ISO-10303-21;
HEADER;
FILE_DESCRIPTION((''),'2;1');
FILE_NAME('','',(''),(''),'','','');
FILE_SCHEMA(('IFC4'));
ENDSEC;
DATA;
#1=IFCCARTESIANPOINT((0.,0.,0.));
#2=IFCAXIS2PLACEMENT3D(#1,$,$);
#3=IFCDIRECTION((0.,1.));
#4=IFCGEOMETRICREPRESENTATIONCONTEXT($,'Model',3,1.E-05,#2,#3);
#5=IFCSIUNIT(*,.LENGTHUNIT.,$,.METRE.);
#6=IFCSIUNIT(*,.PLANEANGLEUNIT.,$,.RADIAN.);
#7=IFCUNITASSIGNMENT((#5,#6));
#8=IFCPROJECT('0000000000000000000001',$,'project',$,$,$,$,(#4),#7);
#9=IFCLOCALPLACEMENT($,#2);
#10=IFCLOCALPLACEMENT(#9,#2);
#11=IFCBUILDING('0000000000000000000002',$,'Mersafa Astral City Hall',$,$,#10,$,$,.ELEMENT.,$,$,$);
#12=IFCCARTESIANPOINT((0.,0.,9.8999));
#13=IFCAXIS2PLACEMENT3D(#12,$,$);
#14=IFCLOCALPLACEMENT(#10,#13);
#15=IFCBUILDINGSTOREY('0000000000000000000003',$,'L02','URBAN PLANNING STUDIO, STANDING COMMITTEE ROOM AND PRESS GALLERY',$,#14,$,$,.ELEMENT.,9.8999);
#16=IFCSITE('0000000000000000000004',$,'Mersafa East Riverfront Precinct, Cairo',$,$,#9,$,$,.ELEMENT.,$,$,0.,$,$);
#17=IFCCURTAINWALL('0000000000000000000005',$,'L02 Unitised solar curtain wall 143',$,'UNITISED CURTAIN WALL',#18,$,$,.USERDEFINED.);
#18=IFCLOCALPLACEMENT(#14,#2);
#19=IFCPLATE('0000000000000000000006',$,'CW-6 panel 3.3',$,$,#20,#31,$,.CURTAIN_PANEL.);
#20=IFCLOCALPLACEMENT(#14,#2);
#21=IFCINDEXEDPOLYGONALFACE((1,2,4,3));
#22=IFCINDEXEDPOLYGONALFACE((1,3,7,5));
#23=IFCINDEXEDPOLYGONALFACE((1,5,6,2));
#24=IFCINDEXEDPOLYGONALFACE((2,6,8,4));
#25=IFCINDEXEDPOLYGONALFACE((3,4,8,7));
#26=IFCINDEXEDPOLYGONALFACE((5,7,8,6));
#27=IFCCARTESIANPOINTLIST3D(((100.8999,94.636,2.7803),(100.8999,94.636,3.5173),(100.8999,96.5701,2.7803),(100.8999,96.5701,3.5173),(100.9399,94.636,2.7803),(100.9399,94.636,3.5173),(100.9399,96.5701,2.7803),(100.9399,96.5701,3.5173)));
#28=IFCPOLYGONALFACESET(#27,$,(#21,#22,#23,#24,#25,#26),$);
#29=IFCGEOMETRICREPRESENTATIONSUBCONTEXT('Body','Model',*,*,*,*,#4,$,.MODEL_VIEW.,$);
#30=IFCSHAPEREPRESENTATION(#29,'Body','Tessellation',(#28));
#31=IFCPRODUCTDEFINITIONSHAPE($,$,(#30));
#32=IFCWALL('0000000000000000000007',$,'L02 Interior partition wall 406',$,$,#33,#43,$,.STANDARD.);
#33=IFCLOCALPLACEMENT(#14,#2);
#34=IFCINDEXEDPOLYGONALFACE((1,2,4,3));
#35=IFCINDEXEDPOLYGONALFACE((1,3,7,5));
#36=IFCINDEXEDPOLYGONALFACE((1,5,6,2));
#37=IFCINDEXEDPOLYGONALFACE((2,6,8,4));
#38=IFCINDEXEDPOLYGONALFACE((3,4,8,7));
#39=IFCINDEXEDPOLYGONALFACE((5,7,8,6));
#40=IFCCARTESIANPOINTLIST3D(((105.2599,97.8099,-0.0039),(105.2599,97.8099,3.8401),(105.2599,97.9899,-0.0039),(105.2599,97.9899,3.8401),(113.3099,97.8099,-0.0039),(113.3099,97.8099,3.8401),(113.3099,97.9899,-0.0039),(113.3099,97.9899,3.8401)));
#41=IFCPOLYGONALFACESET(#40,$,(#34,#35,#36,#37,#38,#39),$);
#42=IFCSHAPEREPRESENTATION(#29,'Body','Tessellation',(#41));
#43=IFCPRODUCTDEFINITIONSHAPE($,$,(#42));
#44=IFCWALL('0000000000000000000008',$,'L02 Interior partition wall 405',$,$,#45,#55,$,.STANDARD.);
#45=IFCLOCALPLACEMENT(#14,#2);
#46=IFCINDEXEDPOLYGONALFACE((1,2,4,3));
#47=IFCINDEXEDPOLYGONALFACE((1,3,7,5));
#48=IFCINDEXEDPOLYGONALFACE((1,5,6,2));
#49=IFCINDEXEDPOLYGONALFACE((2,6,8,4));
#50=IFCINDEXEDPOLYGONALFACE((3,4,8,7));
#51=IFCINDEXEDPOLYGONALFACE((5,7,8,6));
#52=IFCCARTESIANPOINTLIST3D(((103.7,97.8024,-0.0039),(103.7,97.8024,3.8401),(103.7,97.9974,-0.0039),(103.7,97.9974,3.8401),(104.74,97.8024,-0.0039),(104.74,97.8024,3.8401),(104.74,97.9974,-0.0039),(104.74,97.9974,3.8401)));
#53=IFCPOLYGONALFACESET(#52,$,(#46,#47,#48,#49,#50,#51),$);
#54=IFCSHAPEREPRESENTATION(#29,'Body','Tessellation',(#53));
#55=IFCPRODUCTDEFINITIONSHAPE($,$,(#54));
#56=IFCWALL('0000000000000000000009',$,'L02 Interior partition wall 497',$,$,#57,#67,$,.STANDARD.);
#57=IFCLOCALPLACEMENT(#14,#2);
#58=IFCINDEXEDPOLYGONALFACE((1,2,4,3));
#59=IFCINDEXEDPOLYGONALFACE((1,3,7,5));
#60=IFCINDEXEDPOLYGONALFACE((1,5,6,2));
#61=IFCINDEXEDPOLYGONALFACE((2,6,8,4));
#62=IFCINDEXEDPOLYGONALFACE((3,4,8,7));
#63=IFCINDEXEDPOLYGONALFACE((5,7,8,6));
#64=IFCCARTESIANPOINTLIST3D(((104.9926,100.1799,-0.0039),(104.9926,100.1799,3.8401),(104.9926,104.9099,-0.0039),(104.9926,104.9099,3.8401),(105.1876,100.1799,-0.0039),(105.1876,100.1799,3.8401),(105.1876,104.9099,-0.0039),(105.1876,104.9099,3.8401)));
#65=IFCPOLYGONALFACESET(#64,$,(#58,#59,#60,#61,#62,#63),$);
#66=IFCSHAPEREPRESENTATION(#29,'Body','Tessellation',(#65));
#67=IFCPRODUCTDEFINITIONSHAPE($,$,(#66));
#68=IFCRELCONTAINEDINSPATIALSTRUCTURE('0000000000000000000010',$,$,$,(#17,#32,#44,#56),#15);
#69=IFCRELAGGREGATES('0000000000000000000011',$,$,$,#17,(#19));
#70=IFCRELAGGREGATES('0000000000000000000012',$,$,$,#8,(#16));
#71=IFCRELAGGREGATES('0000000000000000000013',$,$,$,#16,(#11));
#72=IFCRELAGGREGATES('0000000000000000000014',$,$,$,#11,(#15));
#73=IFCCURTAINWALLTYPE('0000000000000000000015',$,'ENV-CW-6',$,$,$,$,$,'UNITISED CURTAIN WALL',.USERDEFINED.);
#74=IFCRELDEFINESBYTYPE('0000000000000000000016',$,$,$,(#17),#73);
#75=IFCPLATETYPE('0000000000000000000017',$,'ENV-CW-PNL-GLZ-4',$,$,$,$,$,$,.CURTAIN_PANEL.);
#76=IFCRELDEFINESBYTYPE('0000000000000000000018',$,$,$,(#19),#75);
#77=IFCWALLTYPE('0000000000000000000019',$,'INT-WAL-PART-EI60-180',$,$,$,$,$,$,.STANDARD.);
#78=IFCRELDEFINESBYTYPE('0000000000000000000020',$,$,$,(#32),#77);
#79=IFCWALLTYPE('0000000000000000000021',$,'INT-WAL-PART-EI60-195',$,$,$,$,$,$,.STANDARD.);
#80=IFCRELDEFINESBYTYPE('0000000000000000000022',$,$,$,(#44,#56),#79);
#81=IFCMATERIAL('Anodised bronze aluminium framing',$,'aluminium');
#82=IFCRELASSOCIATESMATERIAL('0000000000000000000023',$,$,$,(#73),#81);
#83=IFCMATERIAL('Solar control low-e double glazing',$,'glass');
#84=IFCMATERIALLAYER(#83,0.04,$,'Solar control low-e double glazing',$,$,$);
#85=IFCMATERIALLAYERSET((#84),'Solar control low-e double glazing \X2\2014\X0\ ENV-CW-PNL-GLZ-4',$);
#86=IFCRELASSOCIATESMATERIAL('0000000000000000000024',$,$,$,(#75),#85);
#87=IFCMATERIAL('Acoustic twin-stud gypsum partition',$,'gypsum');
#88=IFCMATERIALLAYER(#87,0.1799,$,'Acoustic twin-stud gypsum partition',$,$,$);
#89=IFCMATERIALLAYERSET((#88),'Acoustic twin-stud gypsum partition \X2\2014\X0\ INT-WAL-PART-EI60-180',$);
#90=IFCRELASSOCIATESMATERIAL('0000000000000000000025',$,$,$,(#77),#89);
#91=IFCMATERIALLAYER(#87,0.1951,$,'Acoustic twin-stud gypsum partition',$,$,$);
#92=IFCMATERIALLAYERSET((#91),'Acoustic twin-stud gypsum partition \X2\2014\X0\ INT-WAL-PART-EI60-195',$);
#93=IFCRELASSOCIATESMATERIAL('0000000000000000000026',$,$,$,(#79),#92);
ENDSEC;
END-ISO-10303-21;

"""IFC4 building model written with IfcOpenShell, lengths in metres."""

from ifc_helpers import new_model, si_unit, direction, frame, frame_2d, origin, origin_2d, place, context, subcontext, project, spatial, rectangle, extrude, material, layer, layer_set, type_object, element, aggregate, save


model = new_model("IFC4")

# Units and contexts
model_context = context("Model", 3, precision=1e-05, world=origin(), true_north=direction((0.0, 1.0)))
body_context = subcontext(model_context, "Body", "Model", "MODEL_VIEW")
ifc_project = project(units=[si_unit("LENGTHUNIT", "METRE"), si_unit("PLANEANGLEUNIT", "RADIAN")], contexts=[model_context])

# Site, building, storey
site_placement = place(None, origin())
site = spatial("IfcSite", under=ifc_project, at=site_placement, Name="Mersafa East Riverfront Precinct, Cairo", CompositionType="ELEMENT", RefElevation=0.0)
building_placement = place(site_placement, origin())
building = spatial("IfcBuilding", under=site, at=building_placement, Name="Mersafa Astral City Hall", CompositionType="ELEMENT")
storey_placement = place(building_placement, frame((0.0, 0.0, 9.8999)))
storey = spatial("IfcBuildingStorey", under=building, at=storey_placement, Name="L02", Description="URBAN PLANNING STUDIO, STANDING COMMITTEE ROOM AND PRESS GALLERY", CompositionType="ELEMENT", Elevation=9.8999)

# Curtain wall
ifc_material_1 = material(Name="Anodised bronze aluminium framing", Category="aluminium")
curtain_wall_type = type_object("IfcCurtainWallType", Name="ENV-CW-6", ElementType="UNITISED CURTAIN WALL", PredefinedType="USERDEFINED", material=ifc_material_1)
curtain_wall_placement = place(storey_placement, origin())
curtain_wall = element("IfcCurtainWall", 1, at=curtain_wall_placement, inside=storey, type_object=curtain_wall_type, Name="L02 Unitised solar curtain wall 143", ObjectType="UNITISED CURTAIN WALL", PredefinedType="USERDEFINED")

# Plate
ifc_material_2 = material(Name="Solar control low-e double glazing", Category="glass")
ifc_layer_1 = layer(ifc_material_2, 0.04, Name="Solar control low-e double glazing")
ifc_layer_set_1 = layer_set([ifc_layer_1], Name="Solar control low-e double glazing — ENV-CW-PNL-GLZ-4")
plate_type = type_object("IfcPlateType", Name="ENV-CW-PNL-GLZ-4", PredefinedType="CURTAIN_PANEL", material=ifc_layer_set_1)
plate_1_placement = place(storey_placement, frame((100.9199, 95.603, 2.7803), z_axis=(0.0, 0.0, 1.0), x_axis=(0.0, -1.0, 0.0)))
plate_1 = element("IfcPlate", 2, at=plate_1_placement, type_object=plate_type, Name="CW-6 panel 3.3", PredefinedType="CURTAIN_PANEL", context=body_context, shape_type="SweptSolid", body=[
    extrude(rectangle(XDim=1.9341, YDim=0.04, at=origin_2d()), origin(), (0.0, 0.0, 1.0), 0.7371),
])
aggregate(curtain_wall, [plate_1])

# Walls
ifc_material_3 = material(Name="Acoustic twin-stud gypsum partition", Category="gypsum")
ifc_layer_2 = layer(ifc_material_3, 0.1799, Name="Acoustic twin-stud gypsum partition")
ifc_layer_set_2 = layer_set([ifc_layer_2], Name="Acoustic twin-stud gypsum partition — INT-WAL-PART-EI60-180")
wall_type_1 = type_object("IfcWallType", Name="INT-WAL-PART-EI60-180", PredefinedType="STANDARD", material=ifc_layer_set_2)
wall_1_placement = place(storey_placement, frame((105.26, 97.8999, -0.0039), z_axis=(0.0, 0.0, 1.0), x_axis=(1.0, 0.0, 0.0)))
element("IfcWall", 3, at=wall_1_placement, inside=storey, type_object=wall_type_1, Name="L02 Interior partition wall 406", PredefinedType="STANDARD", context=body_context, shape_type="SweptSolid", body=[
    extrude(rectangle(XDim=8.05, YDim=0.1799, at=frame_2d((4.0249, 0.0))), origin(), (0.0, 0.0, 1.0), 3.844),
])
ifc_layer_3 = layer(ifc_material_3, 0.1951, Name="Acoustic twin-stud gypsum partition")
ifc_layer_set_3 = layer_set([ifc_layer_3], Name="Acoustic twin-stud gypsum partition — INT-WAL-PART-EI60-195")
wall_type_2 = type_object("IfcWallType", Name="INT-WAL-PART-EI60-195", PredefinedType="STANDARD", material=ifc_layer_set_3)
wall_2_placement = place(storey_placement, frame((103.7, 97.8999, -0.0039), z_axis=(0.0, 0.0, 1.0), x_axis=(1.0, 0.0, 0.0)))
element("IfcWall", 4, at=wall_2_placement, inside=storey, type_object=wall_type_2, Name="L02 Interior partition wall 405", PredefinedType="STANDARD", context=body_context, shape_type="SweptSolid", body=[
    extrude(rectangle(XDim=1.04, YDim=0.1951, at=frame_2d((0.52, 0.0))), origin(), (0.0, 0.0, 1.0), 3.844),
])
wall_3_placement = place(storey_placement, frame((105.0901, 100.1799, -0.0039), z_axis=(0.0, 0.0, 1.0), x_axis=(0.0, 1.0, 0.0)))
element("IfcWall", 5, at=wall_3_placement, inside=storey, type_object=wall_type_2, Name="L02 Interior partition wall 497", PredefinedType="STANDARD", context=body_context, shape_type="SweptSolid", body=[
    extrude(rectangle(XDim=4.73, YDim=0.1951, at=frame_2d((2.365, 0.0))), origin(), (0.0, 0.0, 1.0), 3.844),
])

save(model, "model.ifc")
